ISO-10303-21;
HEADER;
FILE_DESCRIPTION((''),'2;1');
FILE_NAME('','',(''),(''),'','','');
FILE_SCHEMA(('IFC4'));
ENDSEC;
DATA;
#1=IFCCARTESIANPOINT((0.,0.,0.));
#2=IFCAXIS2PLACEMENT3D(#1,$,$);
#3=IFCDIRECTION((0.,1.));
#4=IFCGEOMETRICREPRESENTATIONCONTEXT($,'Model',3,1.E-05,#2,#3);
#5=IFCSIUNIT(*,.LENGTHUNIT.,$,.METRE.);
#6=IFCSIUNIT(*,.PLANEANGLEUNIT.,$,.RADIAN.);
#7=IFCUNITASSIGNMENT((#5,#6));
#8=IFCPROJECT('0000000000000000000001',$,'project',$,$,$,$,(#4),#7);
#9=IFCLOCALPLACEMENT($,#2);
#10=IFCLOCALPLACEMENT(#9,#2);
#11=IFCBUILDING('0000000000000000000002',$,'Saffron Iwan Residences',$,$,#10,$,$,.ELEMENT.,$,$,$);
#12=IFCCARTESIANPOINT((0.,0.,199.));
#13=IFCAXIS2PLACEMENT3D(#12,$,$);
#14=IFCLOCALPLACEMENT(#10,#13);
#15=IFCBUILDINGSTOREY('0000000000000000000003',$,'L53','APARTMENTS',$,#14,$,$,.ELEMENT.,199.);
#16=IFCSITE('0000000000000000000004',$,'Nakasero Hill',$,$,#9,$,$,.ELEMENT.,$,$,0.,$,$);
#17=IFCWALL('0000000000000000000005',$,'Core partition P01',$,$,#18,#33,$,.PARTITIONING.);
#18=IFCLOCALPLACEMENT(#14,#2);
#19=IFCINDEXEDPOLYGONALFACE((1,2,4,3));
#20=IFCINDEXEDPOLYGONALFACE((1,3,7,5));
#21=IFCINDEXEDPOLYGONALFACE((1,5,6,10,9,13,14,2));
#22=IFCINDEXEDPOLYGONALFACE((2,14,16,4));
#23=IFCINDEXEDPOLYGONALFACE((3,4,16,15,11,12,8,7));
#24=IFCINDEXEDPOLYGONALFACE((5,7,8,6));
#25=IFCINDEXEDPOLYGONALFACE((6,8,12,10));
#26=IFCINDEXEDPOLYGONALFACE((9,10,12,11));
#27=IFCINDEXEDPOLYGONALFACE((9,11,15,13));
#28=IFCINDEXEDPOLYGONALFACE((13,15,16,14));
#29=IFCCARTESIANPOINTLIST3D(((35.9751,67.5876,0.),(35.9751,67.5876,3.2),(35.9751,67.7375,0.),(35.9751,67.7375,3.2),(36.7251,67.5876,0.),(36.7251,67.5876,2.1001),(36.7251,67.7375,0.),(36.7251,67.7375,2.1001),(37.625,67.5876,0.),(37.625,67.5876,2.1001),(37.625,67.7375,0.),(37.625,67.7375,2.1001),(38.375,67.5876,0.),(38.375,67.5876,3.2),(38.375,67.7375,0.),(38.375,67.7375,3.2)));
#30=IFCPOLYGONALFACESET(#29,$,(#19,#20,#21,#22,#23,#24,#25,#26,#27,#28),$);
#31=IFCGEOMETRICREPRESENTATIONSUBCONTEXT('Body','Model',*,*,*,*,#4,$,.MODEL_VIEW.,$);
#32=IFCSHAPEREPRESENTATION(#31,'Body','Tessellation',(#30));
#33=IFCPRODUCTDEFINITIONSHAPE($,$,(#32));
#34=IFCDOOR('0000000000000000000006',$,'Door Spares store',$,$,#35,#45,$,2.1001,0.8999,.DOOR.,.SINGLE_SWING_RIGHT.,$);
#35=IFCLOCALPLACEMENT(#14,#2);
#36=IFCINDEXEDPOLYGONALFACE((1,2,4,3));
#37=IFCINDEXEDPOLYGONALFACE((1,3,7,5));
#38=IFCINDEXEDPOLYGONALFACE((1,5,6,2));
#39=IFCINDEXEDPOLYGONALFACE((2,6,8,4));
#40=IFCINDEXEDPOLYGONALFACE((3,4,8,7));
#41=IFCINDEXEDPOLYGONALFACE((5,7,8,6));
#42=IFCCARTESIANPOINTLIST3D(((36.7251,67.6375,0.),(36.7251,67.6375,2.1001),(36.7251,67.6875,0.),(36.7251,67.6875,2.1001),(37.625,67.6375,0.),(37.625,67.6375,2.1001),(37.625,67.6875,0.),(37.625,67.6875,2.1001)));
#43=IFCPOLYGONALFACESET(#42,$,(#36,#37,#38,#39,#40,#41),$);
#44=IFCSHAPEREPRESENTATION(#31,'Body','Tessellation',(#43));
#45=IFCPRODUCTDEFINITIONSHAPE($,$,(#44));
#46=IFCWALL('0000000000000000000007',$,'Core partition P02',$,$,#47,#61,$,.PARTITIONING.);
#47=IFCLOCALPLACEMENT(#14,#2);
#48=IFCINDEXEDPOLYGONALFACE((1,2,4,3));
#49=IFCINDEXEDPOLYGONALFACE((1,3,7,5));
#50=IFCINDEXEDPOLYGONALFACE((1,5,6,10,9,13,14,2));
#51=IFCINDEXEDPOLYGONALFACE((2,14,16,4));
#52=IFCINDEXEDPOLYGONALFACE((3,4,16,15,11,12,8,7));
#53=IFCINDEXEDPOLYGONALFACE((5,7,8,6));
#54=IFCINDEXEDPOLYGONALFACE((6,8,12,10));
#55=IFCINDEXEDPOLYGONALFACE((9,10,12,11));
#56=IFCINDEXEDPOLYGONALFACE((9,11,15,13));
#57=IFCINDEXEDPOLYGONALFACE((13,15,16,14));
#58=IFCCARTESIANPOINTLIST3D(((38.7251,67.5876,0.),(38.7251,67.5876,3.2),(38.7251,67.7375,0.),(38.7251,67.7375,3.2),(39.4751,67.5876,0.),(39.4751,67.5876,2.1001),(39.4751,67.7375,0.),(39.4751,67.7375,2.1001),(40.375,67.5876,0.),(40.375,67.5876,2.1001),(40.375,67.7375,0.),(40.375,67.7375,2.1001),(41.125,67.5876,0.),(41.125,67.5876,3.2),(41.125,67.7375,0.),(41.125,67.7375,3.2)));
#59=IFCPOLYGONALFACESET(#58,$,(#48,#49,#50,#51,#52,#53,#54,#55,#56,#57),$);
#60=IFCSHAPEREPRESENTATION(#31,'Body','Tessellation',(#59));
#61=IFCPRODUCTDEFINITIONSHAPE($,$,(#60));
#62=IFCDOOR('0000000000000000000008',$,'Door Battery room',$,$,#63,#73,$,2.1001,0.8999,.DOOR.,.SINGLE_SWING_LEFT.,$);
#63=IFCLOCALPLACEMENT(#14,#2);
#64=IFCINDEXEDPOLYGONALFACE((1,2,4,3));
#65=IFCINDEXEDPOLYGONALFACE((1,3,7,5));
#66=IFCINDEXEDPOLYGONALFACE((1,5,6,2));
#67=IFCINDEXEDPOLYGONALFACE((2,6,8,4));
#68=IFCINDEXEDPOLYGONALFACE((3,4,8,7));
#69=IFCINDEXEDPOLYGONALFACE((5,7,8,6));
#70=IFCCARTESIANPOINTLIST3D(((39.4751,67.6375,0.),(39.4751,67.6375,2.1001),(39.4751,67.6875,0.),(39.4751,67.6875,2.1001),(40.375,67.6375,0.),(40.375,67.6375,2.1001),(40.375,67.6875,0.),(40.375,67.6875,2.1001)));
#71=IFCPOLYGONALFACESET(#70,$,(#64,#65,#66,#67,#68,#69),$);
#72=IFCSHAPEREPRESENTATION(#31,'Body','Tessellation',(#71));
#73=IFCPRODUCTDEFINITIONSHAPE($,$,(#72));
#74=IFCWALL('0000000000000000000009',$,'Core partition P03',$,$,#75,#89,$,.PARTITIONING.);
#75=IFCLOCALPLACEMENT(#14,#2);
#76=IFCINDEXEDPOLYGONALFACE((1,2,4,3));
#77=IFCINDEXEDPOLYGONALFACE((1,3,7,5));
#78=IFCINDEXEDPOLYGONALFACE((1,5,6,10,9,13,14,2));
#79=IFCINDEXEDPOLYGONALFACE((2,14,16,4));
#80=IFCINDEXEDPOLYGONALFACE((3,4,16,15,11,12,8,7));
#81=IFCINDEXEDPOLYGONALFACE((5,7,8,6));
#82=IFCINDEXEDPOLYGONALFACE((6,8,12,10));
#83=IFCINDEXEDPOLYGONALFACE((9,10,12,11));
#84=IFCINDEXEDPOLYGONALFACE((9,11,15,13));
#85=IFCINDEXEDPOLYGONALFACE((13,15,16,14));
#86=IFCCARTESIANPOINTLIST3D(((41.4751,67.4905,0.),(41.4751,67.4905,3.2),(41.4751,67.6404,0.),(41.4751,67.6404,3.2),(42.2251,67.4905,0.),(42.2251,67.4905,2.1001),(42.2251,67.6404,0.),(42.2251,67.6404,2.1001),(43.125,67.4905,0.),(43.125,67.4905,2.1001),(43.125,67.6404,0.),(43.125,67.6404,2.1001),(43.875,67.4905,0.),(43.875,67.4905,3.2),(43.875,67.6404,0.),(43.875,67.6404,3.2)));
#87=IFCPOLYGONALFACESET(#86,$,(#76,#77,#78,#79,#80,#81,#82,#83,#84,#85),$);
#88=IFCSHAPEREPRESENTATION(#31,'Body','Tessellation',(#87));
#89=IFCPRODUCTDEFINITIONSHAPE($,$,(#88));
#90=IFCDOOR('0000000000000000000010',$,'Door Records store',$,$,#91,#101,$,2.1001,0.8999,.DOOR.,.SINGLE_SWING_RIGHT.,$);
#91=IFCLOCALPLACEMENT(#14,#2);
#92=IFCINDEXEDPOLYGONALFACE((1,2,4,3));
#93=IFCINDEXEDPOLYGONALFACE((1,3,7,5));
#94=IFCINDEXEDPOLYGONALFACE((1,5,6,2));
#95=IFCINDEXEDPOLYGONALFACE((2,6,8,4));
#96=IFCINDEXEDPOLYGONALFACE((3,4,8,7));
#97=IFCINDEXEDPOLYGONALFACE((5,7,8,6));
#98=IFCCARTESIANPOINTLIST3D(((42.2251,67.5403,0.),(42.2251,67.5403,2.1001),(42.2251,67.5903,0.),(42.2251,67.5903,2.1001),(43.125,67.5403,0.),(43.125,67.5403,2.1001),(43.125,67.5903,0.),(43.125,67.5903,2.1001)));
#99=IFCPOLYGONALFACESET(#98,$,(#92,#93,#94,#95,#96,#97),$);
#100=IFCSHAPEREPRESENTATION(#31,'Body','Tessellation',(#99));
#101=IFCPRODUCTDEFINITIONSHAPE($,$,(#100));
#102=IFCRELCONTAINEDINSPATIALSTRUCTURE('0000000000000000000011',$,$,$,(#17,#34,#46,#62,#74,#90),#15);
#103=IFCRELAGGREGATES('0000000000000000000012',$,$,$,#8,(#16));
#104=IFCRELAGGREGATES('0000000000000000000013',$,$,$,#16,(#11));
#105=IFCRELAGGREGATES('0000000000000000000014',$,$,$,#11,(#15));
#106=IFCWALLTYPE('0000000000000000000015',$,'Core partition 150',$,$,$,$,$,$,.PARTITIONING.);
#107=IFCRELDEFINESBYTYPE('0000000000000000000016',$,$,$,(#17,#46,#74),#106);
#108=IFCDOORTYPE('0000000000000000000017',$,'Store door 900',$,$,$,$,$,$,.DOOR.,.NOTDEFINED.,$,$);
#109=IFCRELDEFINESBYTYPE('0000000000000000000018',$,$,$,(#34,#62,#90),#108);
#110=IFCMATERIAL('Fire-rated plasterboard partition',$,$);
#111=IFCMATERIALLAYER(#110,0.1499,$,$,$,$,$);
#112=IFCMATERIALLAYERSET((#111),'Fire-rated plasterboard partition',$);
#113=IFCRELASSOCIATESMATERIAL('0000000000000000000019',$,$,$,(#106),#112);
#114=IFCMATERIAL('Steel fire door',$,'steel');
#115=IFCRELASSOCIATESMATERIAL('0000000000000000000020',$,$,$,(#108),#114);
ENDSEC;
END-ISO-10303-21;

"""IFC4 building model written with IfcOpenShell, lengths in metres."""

from ifc_helpers import new_model, si_unit, direction, frame, frame_2d, origin, place, context, subcontext, project, spatial, rectangle, extrude, material, layer, layer_set, type_object, element, fill, save


model = new_model("IFC4")

# Units and contexts
model_context = context("Model", 3, precision=1e-05, world=origin(), true_north=direction((0.0, 1.0)))
body_context = subcontext(model_context, "Body", "Model", "MODEL_VIEW")
ifc_project = project(units=[si_unit("LENGTHUNIT", "METRE"), si_unit("PLANEANGLEUNIT", "RADIAN")], contexts=[model_context])

# Site, building, storey
site_placement = place(None, origin())
site = spatial("IfcSite", under=ifc_project, at=site_placement, Name="Nakasero Hill", CompositionType="ELEMENT", RefElevation=0.0)
building_placement = place(site_placement, origin())
building = spatial("IfcBuilding", under=site, at=building_placement, Name="Saffron Iwan Residences", CompositionType="ELEMENT")
storey_placement = place(building_placement, frame((0.0, 0.0, 199.0)))
storey = spatial("IfcBuildingStorey", under=building, at=storey_placement, Name="L53", Description="APARTMENTS", CompositionType="ELEMENT", Elevation=199.0)

# Walls, openings, doors
ifc_material_1 = material(Name="Fire-rated plasterboard partition")
ifc_layer_1 = layer(ifc_material_1, 0.1499)
ifc_layer_set_1 = layer_set([ifc_layer_1], Name="Fire-rated plasterboard partition")
wall_type_1 = type_object("IfcWallType", Name="Core partition 150", PredefinedType="PARTITIONING", material=ifc_layer_set_1)
wall_1_placement = place(storey_placement, frame((35.9751, 67.6626, 0.0), z_axis=(0.0, 0.0, 1.0), x_axis=(1.0, 0.0, 0.0)))
wall_1 = element("IfcWall", 1, at=wall_1_placement, inside=storey, type_object=wall_type_1, Name="Core partition P01", PredefinedType="PARTITIONING", context=body_context, shape_type="SweptSolid", body=[
    extrude(rectangle(XDim=2.3999, YDim=0.1499, at=frame_2d((1.2, 0.0))), origin(), (0.0, 0.0, 1.0), 3.2),
])
opening_1_placement = place(wall_1_placement, frame((0.75, 0.0, 0.0)))
opening_1 = element("IfcOpeningElement", 2, at=opening_1_placement, cuts=wall_1, PredefinedType="OPENING", context=body_context, shape_type="SweptSolid", body=[
    extrude(rectangle(XDim=0.8999, YDim=2.1001, at=frame_2d((0.45, 1.05))), frame((0.0, 0.085, 0.0), z_axis=(0.0, -1.0, 0.0), x_axis=(1.0, 0.0, 0.0)), (0.0, 0.0, 1.0), 0.1699),
])
ifc_material_2 = material(Name="Steel fire door", Category="steel")
door_type_1 = type_object("IfcDoorType", Name="Store door 900", OperationType="NOTDEFINED", PredefinedType="DOOR", material=ifc_material_2)
door_1_placement = place(opening_1_placement, origin())
door_1 = element("IfcDoor", 3, at=door_1_placement, inside=storey, type_object=door_type_1, Name="Door Spares store", OperationType="SINGLE_SWING_RIGHT", OverallHeight=2.1001, OverallWidth=0.8999, PredefinedType="DOOR", context=body_context, shape_type="SweptSolid", body=[
    extrude(rectangle(XDim=0.8999, YDim=2.1001, at=frame_2d((0.45, 1.05))), frame((0.0, 0.0249, 0.0), z_axis=(0.0, -1.0, 0.0), x_axis=(1.0, 0.0, 0.0)), (0.0, 0.0, 1.0), 0.05),
])
fill(opening_1, door_1)
wall_2_placement = place(storey_placement, frame((38.7251, 67.6626, 0.0), z_axis=(0.0, 0.0, 1.0), x_axis=(1.0, 0.0, 0.0)))
wall_2 = element("IfcWall", 4, at=wall_2_placement, inside=storey, type_object=wall_type_1, Name="Core partition P02", PredefinedType="PARTITIONING", context=body_context, shape_type="SweptSolid", body=[
    extrude(rectangle(XDim=2.3999, YDim=0.1499, at=frame_2d((1.2, 0.0))), origin(), (0.0, 0.0, 1.0), 3.2),
])
opening_2_placement = place(wall_2_placement, frame((0.75, 0.0, 0.0)))
opening_2 = element("IfcOpeningElement", 5, at=opening_2_placement, cuts=wall_2, PredefinedType="OPENING", context=body_context, shape_type="SweptSolid", body=[
    extrude(rectangle(XDim=0.8999, YDim=2.1001, at=frame_2d((0.45, 1.05))), frame((0.0, 0.085, 0.0), z_axis=(0.0, -1.0, 0.0), x_axis=(1.0, 0.0, 0.0)), (0.0, 0.0, 1.0), 0.1699),
])
door_2_placement = place(opening_2_placement, origin())
door_2 = element("IfcDoor", 6, at=door_2_placement, inside=storey, type_object=door_type_1, Name="Door Battery room", OperationType="SINGLE_SWING_LEFT", OverallHeight=2.1001, OverallWidth=0.8999, PredefinedType="DOOR", context=body_context, shape_type="SweptSolid", body=[
    extrude(rectangle(XDim=0.8999, YDim=2.1001, at=frame_2d((0.45, 1.05))), frame((0.0, 0.0249, 0.0), z_axis=(0.0, -1.0, 0.0), x_axis=(1.0, 0.0, 0.0)), (0.0, 0.0, 1.0), 0.05),
])
fill(opening_2, door_2)
wall_3_placement = place(storey_placement, frame((41.4751, 67.5654, 0.0), z_axis=(0.0, 0.0, 1.0), x_axis=(1.0, 0.0, 0.0)))
wall_3 = element("IfcWall", 7, at=wall_3_placement, inside=storey, type_object=wall_type_1, Name="Core partition P03", PredefinedType="PARTITIONING", context=body_context, shape_type="SweptSolid", body=[
    extrude(rectangle(XDim=2.3999, YDim=0.1499, at=frame_2d((1.2, 0.0))), origin(), (0.0, 0.0, 1.0), 3.2),
])
opening_3_placement = place(wall_3_placement, frame((0.75, 0.0, 0.0)))
opening_3 = element("IfcOpeningElement", 8, at=opening_3_placement, cuts=wall_3, PredefinedType="OPENING", context=body_context, shape_type="SweptSolid", body=[
    extrude(rectangle(XDim=0.8999, YDim=2.1001, at=frame_2d((0.45, 1.05))), frame((0.0, 0.085, 0.0), z_axis=(0.0, -1.0, 0.0), x_axis=(1.0, 0.0, 0.0)), (0.0, 0.0, 1.0), 0.1699),
])
door_3_placement = place(opening_3_placement, origin())
door_3 = element("IfcDoor", 9, at=door_3_placement, inside=storey, type_object=door_type_1, Name="Door Records store", OperationType="SINGLE_SWING_RIGHT", OverallHeight=2.1001, OverallWidth=0.8999, PredefinedType="DOOR", context=body_context, shape_type="SweptSolid", body=[
    extrude(rectangle(XDim=0.8999, YDim=2.1001, at=frame_2d((0.45, 1.05))), frame((0.0, 0.0249, 0.0), z_axis=(0.0, -1.0, 0.0), x_axis=(1.0, 0.0, 0.0)), (0.0, 0.0, 1.0), 0.05),
])
fill(opening_3, door_3)

save(model, "model.ifc")
